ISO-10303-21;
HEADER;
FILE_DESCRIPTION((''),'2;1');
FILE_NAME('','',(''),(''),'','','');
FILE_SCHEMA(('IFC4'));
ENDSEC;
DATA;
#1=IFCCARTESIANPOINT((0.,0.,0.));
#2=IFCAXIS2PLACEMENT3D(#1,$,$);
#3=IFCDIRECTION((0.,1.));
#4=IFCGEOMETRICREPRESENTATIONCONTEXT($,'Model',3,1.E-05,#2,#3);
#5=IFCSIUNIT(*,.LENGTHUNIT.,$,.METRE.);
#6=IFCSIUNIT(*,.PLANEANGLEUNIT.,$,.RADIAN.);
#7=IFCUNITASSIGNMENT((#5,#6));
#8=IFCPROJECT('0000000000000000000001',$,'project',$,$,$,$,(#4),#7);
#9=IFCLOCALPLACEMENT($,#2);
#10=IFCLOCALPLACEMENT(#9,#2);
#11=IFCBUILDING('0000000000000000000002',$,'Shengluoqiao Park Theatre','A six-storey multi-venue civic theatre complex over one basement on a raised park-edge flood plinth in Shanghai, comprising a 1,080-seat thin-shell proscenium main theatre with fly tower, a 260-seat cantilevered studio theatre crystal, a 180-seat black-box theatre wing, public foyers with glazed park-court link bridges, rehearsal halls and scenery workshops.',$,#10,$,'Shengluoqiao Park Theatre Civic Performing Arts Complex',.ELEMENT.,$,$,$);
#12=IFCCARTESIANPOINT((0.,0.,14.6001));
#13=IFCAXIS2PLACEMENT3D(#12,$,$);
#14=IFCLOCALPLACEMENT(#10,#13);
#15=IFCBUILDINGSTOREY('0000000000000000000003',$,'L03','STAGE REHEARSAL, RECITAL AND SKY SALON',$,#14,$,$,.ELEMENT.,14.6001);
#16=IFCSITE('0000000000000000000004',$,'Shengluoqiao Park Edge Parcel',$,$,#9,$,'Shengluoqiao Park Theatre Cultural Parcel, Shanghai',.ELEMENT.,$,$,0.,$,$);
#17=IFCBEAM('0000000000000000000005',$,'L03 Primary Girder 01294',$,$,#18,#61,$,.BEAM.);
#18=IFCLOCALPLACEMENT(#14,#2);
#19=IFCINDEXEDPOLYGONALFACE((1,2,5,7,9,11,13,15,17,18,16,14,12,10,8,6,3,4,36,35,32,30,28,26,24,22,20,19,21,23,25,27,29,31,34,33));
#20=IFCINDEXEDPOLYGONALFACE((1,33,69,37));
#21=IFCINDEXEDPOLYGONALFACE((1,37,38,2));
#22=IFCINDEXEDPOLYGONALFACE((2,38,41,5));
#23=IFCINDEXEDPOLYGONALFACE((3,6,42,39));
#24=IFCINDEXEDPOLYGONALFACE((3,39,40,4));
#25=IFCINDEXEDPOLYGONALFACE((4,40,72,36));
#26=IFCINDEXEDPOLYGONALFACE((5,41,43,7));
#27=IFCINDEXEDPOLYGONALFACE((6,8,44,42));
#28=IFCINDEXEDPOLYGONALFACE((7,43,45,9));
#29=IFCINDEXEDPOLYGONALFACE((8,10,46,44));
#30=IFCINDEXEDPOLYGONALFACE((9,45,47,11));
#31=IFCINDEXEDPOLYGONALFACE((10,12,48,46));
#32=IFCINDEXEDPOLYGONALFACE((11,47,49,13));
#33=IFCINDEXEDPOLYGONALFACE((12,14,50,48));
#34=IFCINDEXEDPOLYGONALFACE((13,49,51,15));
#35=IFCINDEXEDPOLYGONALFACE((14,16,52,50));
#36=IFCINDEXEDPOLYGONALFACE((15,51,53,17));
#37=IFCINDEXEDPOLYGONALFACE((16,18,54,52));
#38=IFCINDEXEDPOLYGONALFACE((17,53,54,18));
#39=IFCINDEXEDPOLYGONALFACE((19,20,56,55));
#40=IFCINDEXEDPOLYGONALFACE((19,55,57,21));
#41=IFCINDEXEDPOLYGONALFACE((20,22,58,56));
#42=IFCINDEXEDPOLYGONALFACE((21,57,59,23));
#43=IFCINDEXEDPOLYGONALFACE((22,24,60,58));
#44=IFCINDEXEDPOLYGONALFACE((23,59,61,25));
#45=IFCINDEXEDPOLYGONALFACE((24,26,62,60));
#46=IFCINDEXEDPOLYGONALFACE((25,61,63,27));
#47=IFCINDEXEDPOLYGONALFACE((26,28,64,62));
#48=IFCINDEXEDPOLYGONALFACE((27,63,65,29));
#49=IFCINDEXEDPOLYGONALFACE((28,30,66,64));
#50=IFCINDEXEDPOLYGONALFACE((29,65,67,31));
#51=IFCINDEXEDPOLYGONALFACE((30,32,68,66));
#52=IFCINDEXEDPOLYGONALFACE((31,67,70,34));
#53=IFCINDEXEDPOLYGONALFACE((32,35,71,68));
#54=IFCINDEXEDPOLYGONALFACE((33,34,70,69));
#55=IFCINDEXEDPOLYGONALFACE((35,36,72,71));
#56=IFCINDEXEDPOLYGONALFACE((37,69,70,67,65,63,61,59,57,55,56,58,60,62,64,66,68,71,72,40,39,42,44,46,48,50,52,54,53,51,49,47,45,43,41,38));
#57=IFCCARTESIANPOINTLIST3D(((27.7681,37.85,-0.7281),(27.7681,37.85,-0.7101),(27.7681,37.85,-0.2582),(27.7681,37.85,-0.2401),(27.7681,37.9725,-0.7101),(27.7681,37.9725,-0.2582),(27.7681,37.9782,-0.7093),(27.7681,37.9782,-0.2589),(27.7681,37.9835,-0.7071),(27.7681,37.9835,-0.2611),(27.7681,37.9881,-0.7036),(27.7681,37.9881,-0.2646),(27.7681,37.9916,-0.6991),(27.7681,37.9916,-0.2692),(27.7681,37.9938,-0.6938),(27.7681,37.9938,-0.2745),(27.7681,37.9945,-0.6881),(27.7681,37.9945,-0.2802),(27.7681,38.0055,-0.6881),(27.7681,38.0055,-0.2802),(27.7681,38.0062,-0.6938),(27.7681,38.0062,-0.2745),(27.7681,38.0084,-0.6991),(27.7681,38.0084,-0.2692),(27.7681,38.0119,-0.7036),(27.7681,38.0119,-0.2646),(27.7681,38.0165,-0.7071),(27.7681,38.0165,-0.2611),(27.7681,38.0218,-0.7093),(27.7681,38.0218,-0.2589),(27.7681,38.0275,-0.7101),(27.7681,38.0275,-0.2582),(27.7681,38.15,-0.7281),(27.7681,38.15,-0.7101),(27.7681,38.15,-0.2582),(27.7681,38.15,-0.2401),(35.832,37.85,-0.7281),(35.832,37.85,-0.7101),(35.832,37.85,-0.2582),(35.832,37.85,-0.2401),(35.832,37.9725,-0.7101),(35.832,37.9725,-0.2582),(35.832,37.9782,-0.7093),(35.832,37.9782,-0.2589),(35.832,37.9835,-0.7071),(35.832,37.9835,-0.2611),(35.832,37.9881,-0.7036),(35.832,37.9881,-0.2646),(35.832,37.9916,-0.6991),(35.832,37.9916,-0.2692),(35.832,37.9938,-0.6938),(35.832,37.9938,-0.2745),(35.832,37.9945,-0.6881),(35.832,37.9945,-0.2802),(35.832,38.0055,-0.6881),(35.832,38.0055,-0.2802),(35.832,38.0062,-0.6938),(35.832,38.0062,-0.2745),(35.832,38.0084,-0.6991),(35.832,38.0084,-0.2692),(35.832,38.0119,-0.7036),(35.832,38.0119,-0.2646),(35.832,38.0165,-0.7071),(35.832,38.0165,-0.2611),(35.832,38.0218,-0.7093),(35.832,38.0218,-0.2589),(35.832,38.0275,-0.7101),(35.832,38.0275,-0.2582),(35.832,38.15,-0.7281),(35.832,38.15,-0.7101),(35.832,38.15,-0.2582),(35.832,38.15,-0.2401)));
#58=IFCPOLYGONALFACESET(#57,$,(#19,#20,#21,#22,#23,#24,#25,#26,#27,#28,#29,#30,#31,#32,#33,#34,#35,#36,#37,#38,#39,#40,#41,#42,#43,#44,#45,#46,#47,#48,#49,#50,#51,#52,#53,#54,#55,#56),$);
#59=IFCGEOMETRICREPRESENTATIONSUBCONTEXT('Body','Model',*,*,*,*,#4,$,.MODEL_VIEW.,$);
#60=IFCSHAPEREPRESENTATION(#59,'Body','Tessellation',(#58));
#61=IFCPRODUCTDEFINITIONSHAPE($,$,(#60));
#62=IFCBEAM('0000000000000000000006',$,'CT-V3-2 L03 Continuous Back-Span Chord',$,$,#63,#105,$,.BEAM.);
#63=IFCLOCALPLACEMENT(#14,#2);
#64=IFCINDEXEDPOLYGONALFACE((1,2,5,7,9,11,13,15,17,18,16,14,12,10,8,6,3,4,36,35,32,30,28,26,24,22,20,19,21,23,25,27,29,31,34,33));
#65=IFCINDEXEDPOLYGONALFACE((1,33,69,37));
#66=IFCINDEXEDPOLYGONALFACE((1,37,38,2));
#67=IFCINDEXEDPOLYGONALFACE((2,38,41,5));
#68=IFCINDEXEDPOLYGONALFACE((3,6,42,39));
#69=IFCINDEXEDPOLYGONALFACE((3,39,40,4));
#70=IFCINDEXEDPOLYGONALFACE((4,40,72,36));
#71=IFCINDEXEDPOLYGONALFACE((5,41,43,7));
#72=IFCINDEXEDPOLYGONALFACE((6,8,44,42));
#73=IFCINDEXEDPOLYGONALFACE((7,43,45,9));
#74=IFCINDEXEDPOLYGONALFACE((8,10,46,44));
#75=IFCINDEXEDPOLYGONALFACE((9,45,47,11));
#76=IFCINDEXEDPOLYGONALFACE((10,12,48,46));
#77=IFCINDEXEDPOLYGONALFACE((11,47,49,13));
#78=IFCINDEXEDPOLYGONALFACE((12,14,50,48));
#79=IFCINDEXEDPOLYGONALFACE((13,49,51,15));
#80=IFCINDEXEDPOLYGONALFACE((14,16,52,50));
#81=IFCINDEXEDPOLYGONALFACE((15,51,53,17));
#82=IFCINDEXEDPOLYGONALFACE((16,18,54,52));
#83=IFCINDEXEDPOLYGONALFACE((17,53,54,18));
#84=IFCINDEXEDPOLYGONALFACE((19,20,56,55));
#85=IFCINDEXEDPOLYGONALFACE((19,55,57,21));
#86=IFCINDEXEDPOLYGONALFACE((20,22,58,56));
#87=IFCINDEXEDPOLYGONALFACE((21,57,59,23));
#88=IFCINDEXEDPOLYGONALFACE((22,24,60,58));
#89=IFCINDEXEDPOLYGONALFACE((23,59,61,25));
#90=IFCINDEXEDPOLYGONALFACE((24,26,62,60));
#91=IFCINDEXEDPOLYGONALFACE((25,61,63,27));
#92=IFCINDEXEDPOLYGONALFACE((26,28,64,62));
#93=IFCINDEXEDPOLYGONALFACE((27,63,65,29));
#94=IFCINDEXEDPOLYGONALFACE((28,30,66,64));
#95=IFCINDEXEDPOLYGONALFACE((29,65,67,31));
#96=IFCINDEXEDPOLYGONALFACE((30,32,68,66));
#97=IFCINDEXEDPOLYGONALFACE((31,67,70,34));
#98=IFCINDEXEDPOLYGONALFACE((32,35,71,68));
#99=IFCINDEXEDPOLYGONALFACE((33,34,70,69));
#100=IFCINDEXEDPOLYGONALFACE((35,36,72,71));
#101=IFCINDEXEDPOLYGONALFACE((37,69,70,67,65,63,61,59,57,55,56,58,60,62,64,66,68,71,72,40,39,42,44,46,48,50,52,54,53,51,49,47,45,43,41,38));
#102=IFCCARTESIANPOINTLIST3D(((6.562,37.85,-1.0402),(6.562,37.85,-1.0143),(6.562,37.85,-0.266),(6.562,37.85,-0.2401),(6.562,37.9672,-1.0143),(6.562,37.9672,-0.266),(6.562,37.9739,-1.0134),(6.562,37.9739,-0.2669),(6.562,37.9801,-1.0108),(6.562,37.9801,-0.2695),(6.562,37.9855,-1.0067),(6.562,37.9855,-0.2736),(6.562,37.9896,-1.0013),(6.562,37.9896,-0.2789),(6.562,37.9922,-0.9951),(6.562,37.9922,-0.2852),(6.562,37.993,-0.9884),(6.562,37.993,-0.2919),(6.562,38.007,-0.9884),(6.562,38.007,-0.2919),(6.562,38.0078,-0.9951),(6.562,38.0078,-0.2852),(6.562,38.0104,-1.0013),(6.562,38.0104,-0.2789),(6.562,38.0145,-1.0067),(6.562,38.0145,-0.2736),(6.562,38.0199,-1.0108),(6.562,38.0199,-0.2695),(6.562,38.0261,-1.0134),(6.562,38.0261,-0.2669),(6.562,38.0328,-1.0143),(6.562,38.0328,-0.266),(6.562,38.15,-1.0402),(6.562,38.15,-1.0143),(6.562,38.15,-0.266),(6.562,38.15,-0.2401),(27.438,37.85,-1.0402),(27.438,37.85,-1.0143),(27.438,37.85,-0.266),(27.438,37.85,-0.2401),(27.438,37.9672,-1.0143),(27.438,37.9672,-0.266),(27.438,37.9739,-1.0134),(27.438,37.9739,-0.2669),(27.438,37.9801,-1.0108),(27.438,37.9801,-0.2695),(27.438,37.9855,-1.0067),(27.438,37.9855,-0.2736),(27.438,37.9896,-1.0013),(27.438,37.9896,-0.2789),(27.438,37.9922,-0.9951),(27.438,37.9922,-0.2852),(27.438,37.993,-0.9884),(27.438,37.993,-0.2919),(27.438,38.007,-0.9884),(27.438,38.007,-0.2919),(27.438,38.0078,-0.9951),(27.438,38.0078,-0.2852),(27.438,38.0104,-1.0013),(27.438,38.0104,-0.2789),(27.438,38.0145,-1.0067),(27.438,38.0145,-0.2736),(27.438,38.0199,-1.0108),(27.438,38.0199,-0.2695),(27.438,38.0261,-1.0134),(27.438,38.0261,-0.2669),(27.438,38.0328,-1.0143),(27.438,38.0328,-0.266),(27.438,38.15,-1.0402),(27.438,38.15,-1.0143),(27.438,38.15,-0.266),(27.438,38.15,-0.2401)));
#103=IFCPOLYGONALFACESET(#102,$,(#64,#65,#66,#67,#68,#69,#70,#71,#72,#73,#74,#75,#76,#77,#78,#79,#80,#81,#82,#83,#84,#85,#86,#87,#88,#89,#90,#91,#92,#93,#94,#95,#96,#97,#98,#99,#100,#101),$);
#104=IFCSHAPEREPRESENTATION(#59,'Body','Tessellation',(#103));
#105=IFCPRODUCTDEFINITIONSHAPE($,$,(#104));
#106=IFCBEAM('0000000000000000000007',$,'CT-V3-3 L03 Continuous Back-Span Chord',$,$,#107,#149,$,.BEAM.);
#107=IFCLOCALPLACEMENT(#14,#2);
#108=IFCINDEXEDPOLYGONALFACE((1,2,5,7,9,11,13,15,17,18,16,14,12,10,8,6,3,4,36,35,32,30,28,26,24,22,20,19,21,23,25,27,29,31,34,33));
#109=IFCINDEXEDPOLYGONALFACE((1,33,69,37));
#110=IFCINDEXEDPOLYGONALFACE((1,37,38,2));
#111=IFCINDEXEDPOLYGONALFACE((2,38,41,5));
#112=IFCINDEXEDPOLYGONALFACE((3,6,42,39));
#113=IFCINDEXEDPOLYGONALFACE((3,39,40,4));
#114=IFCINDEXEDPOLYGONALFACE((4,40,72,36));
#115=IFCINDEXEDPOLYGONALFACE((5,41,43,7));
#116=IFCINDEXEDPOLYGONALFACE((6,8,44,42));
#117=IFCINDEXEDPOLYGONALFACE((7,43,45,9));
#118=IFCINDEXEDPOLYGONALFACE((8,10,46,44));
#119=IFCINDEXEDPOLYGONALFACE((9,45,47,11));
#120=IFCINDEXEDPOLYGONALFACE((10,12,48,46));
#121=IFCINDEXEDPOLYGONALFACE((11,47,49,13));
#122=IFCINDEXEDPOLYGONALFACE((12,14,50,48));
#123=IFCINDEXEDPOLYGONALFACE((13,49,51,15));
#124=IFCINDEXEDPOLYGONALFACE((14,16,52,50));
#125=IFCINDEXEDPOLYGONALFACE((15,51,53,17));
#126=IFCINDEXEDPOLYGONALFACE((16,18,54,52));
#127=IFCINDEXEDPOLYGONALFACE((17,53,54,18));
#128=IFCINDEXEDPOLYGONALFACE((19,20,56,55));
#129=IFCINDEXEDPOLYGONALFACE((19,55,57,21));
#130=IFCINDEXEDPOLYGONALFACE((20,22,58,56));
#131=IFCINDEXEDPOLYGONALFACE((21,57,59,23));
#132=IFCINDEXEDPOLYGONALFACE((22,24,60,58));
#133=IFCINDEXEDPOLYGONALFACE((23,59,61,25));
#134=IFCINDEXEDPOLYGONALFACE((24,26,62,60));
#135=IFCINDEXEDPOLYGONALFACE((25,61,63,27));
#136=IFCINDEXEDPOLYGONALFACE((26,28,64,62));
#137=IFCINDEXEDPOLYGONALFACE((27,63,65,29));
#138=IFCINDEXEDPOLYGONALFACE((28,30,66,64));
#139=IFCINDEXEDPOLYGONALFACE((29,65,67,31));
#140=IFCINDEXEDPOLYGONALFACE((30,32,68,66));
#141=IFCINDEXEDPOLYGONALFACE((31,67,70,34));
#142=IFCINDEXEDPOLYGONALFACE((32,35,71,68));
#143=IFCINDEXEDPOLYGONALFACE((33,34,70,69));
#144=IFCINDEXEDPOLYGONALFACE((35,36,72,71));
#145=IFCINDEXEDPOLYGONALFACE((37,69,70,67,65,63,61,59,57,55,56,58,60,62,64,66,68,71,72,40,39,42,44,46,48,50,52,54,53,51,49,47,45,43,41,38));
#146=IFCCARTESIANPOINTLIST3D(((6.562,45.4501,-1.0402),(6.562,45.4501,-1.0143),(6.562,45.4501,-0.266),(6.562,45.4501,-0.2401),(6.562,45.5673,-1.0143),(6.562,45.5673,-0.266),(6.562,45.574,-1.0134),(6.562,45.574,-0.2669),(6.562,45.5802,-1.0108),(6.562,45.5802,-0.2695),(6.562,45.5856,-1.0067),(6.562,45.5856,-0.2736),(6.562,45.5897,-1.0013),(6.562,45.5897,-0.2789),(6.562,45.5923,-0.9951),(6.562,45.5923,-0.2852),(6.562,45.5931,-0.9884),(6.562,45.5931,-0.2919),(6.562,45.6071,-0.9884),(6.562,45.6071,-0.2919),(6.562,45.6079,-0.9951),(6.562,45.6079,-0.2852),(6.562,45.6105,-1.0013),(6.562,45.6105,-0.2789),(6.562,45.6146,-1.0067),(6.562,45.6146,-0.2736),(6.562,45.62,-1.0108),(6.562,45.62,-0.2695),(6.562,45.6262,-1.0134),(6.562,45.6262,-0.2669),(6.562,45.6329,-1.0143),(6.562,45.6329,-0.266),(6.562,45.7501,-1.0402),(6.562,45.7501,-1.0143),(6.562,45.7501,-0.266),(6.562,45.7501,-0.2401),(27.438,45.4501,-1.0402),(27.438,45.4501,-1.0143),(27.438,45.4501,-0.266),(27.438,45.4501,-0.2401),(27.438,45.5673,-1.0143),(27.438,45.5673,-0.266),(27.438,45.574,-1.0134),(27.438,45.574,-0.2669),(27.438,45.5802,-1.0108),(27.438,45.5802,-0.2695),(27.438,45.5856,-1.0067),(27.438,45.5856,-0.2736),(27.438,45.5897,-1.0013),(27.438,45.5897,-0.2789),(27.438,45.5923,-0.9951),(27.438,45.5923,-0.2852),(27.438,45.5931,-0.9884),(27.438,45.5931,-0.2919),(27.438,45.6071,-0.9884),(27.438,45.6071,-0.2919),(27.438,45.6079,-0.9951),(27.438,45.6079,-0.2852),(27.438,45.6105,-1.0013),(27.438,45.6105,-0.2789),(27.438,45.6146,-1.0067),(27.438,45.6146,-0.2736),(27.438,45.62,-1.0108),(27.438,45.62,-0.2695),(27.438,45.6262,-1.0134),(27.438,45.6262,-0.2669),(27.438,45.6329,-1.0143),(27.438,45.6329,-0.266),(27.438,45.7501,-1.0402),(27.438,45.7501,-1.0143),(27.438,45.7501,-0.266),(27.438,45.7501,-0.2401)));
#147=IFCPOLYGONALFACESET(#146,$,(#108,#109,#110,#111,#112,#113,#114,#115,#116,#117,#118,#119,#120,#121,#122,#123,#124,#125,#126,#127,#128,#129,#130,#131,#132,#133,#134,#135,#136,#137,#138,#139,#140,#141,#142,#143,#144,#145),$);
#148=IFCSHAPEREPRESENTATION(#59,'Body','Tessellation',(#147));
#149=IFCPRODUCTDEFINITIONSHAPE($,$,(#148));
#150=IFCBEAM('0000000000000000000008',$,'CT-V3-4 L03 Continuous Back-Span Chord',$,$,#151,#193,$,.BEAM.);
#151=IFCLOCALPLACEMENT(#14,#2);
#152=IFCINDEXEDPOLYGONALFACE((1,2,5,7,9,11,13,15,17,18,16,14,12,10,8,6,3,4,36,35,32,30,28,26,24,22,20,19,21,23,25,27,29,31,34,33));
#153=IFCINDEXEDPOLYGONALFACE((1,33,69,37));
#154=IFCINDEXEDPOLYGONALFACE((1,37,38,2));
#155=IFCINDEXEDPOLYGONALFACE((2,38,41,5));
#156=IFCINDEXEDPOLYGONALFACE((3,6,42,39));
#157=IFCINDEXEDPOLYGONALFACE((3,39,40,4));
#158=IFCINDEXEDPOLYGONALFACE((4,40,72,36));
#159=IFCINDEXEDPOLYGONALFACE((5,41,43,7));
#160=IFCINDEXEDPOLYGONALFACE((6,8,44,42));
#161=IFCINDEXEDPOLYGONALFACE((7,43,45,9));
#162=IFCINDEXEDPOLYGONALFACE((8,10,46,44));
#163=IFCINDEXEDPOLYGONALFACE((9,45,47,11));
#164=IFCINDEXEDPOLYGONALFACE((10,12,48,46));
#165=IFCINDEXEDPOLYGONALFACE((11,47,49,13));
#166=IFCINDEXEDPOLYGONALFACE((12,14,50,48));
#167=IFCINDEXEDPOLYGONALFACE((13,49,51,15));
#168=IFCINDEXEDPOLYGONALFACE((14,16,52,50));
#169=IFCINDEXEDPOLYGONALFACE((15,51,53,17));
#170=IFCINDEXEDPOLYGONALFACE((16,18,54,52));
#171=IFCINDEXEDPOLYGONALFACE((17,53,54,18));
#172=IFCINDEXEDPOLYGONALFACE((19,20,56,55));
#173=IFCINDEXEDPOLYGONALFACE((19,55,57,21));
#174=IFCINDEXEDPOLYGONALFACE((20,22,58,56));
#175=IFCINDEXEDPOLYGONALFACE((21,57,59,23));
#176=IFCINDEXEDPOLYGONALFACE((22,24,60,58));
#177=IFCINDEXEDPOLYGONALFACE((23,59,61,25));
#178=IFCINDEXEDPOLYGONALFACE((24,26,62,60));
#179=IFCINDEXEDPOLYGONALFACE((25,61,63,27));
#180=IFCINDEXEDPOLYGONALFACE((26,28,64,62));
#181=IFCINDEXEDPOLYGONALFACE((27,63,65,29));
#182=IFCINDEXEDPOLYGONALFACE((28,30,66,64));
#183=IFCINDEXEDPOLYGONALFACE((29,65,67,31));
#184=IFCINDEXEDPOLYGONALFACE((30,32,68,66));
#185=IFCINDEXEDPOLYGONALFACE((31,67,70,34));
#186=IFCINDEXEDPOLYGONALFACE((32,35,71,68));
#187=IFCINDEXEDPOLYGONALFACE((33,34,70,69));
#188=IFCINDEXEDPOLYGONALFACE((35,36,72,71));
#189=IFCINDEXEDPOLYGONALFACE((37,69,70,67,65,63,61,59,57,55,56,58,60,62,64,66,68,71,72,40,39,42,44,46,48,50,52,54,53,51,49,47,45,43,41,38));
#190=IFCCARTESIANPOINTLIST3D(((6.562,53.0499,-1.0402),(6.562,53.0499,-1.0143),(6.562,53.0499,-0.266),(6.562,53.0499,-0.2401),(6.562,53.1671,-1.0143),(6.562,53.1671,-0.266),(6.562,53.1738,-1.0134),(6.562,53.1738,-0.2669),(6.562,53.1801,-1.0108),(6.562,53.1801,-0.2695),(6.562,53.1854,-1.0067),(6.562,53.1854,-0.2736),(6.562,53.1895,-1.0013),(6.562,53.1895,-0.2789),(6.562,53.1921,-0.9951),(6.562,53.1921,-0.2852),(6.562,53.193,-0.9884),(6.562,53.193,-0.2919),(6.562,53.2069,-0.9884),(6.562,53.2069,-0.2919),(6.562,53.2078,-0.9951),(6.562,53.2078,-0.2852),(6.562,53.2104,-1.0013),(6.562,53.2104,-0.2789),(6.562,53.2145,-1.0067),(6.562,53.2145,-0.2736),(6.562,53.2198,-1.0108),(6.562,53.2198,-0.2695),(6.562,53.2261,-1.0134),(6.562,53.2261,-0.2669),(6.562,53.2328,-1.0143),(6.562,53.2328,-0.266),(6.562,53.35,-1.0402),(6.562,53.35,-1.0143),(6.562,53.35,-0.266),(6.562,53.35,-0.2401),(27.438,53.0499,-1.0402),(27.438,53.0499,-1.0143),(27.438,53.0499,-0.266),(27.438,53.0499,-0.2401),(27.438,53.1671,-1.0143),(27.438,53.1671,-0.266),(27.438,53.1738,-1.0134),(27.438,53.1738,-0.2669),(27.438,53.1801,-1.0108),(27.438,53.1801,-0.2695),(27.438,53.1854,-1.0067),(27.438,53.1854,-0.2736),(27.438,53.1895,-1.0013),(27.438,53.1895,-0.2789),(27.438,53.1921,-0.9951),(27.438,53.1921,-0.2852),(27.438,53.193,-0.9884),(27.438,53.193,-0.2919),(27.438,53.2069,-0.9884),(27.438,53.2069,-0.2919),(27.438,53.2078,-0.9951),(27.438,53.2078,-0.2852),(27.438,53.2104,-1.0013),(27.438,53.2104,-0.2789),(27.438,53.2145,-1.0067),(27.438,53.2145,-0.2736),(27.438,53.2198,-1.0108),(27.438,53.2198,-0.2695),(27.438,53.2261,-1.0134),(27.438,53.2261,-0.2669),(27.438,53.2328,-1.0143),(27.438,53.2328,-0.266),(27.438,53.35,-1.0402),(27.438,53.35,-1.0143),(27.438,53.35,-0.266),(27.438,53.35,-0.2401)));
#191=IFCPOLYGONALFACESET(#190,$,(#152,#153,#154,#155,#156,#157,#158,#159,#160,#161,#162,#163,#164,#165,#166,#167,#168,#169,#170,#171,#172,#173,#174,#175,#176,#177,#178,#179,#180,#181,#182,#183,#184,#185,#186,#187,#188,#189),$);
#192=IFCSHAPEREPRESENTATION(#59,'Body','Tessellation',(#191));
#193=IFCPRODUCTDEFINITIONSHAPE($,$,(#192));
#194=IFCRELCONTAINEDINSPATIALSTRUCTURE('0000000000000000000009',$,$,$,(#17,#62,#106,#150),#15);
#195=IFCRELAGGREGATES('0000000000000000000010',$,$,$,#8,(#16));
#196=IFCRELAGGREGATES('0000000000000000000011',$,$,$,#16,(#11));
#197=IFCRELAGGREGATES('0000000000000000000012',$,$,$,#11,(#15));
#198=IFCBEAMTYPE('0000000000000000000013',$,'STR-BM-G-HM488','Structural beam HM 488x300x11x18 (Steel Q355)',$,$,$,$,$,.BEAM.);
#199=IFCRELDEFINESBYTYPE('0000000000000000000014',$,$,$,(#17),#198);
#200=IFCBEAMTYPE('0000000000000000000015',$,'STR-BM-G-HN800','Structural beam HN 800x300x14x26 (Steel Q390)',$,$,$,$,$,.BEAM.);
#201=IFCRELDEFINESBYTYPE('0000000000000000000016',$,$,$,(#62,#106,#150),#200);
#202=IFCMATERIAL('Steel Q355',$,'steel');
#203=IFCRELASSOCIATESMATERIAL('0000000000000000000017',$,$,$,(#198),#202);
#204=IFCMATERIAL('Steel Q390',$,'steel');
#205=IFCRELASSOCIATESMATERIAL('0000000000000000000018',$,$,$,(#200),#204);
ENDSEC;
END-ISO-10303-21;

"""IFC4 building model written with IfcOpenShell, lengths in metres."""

from ifc_helpers import new_model, si_unit, direction, frame, origin, origin_2d, place, context, subcontext, project, spatial, i_section, extrude, material, material_profile, profile_set, type_object, element, save


model = new_model("IFC4")

# Units and contexts
model_context = context("Model", 3, precision=1e-05, world=origin(), true_north=direction((0.0, 1.0)))
body_context = subcontext(model_context, "Body", "Model", "MODEL_VIEW")
ifc_project = project(units=[si_unit("LENGTHUNIT", "METRE"), si_unit("PLANEANGLEUNIT", "RADIAN")], contexts=[model_context])

# Site, building, storey
site_placement = place(None, origin())
site = spatial("IfcSite", under=ifc_project, at=site_placement, Name="Shengluoqiao Park Edge Parcel", LongName="Shengluoqiao Park Theatre Cultural Parcel, Shanghai", CompositionType="ELEMENT", RefElevation=0.0)
building_placement = place(site_placement, origin())
building = spatial("IfcBuilding", under=site, at=building_placement, Name="Shengluoqiao Park Theatre", Description="A six-storey multi-venue civic theatre complex over one basement on a raised park-edge flood plinth in Shanghai, comprising a 1,080-seat thin-shell proscenium main theatre with fly tower, a 260-seat cantilevered studio theatre crystal, a 180-seat black-box theatre wing, public foyers with glazed park-court link bridges, rehearsal halls and scenery workshops.", LongName="Shengluoqiao Park Theatre Civic Performing Arts Complex", CompositionType="ELEMENT")
storey_placement = place(building_placement, frame((0.0, 0.0, 14.6001)))
storey = spatial("IfcBuildingStorey", under=building, at=storey_placement, Name="L03", Description="STAGE REHEARSAL, RECITAL AND SKY SALON", CompositionType="ELEMENT", Elevation=14.6001)

# Shared definitions
ifc_material_1 = material(Name="Steel Q355", Category="steel")

# Beams
ifc_material_profile_1 = material_profile(ifc_material_1, i_section(OverallWidth=0.3, OverallDepth=0.488, WebThickness=0.011, FlangeThickness=0.0181, FilletRadius=0.022, at=origin_2d()), Name="HM 488x300x11x18")
ifc_profile_set_1 = profile_set([ifc_material_profile_1], Name="Steel Q355")
beam_type_1 = type_object("IfcBeamType", Name="STR-BM-G-HM488", Description="Structural beam HM 488x300x11x18 (Steel Q355)", PredefinedType="BEAM", material=ifc_profile_set_1)
beam_1_placement = place(storey_placement, frame((27.7681, 38.0, -0.4841), z_axis=(1.0, 0.0, 0.0), x_axis=(0.0, 1.0, 0.0)))
element("IfcBeam", 1, at=beam_1_placement, inside=storey, type_object=beam_type_1, Name="L03 Primary Girder 01294", PredefinedType="BEAM", context=body_context, shape_type="SweptSolid", body=[
    extrude(i_section(OverallWidth=0.3, OverallDepth=0.488, WebThickness=0.011, FlangeThickness=0.0181, FilletRadius=0.022, at=origin_2d()), origin(), (0.0, 0.0, 1.0), 8.064),
])
ifc_material_2 = material(Name="Steel Q390", Category="steel")
ifc_material_profile_2 = material_profile(ifc_material_2, i_section(OverallWidth=0.3, OverallDepth=0.8, WebThickness=0.0139, FlangeThickness=0.0259, FilletRadius=0.0259, at=origin_2d()), Name="HN 800x300x14x26")
ifc_profile_set_2 = profile_set([ifc_material_profile_2], Name="Steel Q390")
beam_type_2 = type_object("IfcBeamType", Name="STR-BM-G-HN800", Description="Structural beam HN 800x300x14x26 (Steel Q390)", PredefinedType="BEAM", material=ifc_profile_set_2)
for number, where, z_axis, x_axis, name in (
    (2, (6.562, 38.0, -0.6401), (1.0, 0.0, 0.0), (0.0, 1.0, 0.0), "CT-V3-2 L03 Continuous Back-Span Chord"),
    (3, (6.562, 45.6001, -0.6401), (1.0, 0.0, 0.0), (0.0, 1.0, 0.0), "CT-V3-3 L03 Continuous Back-Span Chord"),
    (4, (6.562, 53.2, -0.6401), (1.0, 0.0, 0.0), (0.0, 1.0, 0.0), "CT-V3-4 L03 Continuous Back-Span Chord"),
):
    element("IfcBeam", number, at=place(storey_placement, frame(where, z_axis=z_axis, x_axis=x_axis)), inside=storey, type_object=beam_type_2, Name=name, PredefinedType="BEAM", context=body_context, shape_type="SweptSolid", body=[
        extrude(i_section(OverallWidth=0.3, OverallDepth=0.8, WebThickness=0.0139, FlangeThickness=0.0259, FilletRadius=0.0259, at=origin_2d()), origin(), (0.0, 0.0, 1.0), 20.876),
    ])

save(model, "model.ifc")
